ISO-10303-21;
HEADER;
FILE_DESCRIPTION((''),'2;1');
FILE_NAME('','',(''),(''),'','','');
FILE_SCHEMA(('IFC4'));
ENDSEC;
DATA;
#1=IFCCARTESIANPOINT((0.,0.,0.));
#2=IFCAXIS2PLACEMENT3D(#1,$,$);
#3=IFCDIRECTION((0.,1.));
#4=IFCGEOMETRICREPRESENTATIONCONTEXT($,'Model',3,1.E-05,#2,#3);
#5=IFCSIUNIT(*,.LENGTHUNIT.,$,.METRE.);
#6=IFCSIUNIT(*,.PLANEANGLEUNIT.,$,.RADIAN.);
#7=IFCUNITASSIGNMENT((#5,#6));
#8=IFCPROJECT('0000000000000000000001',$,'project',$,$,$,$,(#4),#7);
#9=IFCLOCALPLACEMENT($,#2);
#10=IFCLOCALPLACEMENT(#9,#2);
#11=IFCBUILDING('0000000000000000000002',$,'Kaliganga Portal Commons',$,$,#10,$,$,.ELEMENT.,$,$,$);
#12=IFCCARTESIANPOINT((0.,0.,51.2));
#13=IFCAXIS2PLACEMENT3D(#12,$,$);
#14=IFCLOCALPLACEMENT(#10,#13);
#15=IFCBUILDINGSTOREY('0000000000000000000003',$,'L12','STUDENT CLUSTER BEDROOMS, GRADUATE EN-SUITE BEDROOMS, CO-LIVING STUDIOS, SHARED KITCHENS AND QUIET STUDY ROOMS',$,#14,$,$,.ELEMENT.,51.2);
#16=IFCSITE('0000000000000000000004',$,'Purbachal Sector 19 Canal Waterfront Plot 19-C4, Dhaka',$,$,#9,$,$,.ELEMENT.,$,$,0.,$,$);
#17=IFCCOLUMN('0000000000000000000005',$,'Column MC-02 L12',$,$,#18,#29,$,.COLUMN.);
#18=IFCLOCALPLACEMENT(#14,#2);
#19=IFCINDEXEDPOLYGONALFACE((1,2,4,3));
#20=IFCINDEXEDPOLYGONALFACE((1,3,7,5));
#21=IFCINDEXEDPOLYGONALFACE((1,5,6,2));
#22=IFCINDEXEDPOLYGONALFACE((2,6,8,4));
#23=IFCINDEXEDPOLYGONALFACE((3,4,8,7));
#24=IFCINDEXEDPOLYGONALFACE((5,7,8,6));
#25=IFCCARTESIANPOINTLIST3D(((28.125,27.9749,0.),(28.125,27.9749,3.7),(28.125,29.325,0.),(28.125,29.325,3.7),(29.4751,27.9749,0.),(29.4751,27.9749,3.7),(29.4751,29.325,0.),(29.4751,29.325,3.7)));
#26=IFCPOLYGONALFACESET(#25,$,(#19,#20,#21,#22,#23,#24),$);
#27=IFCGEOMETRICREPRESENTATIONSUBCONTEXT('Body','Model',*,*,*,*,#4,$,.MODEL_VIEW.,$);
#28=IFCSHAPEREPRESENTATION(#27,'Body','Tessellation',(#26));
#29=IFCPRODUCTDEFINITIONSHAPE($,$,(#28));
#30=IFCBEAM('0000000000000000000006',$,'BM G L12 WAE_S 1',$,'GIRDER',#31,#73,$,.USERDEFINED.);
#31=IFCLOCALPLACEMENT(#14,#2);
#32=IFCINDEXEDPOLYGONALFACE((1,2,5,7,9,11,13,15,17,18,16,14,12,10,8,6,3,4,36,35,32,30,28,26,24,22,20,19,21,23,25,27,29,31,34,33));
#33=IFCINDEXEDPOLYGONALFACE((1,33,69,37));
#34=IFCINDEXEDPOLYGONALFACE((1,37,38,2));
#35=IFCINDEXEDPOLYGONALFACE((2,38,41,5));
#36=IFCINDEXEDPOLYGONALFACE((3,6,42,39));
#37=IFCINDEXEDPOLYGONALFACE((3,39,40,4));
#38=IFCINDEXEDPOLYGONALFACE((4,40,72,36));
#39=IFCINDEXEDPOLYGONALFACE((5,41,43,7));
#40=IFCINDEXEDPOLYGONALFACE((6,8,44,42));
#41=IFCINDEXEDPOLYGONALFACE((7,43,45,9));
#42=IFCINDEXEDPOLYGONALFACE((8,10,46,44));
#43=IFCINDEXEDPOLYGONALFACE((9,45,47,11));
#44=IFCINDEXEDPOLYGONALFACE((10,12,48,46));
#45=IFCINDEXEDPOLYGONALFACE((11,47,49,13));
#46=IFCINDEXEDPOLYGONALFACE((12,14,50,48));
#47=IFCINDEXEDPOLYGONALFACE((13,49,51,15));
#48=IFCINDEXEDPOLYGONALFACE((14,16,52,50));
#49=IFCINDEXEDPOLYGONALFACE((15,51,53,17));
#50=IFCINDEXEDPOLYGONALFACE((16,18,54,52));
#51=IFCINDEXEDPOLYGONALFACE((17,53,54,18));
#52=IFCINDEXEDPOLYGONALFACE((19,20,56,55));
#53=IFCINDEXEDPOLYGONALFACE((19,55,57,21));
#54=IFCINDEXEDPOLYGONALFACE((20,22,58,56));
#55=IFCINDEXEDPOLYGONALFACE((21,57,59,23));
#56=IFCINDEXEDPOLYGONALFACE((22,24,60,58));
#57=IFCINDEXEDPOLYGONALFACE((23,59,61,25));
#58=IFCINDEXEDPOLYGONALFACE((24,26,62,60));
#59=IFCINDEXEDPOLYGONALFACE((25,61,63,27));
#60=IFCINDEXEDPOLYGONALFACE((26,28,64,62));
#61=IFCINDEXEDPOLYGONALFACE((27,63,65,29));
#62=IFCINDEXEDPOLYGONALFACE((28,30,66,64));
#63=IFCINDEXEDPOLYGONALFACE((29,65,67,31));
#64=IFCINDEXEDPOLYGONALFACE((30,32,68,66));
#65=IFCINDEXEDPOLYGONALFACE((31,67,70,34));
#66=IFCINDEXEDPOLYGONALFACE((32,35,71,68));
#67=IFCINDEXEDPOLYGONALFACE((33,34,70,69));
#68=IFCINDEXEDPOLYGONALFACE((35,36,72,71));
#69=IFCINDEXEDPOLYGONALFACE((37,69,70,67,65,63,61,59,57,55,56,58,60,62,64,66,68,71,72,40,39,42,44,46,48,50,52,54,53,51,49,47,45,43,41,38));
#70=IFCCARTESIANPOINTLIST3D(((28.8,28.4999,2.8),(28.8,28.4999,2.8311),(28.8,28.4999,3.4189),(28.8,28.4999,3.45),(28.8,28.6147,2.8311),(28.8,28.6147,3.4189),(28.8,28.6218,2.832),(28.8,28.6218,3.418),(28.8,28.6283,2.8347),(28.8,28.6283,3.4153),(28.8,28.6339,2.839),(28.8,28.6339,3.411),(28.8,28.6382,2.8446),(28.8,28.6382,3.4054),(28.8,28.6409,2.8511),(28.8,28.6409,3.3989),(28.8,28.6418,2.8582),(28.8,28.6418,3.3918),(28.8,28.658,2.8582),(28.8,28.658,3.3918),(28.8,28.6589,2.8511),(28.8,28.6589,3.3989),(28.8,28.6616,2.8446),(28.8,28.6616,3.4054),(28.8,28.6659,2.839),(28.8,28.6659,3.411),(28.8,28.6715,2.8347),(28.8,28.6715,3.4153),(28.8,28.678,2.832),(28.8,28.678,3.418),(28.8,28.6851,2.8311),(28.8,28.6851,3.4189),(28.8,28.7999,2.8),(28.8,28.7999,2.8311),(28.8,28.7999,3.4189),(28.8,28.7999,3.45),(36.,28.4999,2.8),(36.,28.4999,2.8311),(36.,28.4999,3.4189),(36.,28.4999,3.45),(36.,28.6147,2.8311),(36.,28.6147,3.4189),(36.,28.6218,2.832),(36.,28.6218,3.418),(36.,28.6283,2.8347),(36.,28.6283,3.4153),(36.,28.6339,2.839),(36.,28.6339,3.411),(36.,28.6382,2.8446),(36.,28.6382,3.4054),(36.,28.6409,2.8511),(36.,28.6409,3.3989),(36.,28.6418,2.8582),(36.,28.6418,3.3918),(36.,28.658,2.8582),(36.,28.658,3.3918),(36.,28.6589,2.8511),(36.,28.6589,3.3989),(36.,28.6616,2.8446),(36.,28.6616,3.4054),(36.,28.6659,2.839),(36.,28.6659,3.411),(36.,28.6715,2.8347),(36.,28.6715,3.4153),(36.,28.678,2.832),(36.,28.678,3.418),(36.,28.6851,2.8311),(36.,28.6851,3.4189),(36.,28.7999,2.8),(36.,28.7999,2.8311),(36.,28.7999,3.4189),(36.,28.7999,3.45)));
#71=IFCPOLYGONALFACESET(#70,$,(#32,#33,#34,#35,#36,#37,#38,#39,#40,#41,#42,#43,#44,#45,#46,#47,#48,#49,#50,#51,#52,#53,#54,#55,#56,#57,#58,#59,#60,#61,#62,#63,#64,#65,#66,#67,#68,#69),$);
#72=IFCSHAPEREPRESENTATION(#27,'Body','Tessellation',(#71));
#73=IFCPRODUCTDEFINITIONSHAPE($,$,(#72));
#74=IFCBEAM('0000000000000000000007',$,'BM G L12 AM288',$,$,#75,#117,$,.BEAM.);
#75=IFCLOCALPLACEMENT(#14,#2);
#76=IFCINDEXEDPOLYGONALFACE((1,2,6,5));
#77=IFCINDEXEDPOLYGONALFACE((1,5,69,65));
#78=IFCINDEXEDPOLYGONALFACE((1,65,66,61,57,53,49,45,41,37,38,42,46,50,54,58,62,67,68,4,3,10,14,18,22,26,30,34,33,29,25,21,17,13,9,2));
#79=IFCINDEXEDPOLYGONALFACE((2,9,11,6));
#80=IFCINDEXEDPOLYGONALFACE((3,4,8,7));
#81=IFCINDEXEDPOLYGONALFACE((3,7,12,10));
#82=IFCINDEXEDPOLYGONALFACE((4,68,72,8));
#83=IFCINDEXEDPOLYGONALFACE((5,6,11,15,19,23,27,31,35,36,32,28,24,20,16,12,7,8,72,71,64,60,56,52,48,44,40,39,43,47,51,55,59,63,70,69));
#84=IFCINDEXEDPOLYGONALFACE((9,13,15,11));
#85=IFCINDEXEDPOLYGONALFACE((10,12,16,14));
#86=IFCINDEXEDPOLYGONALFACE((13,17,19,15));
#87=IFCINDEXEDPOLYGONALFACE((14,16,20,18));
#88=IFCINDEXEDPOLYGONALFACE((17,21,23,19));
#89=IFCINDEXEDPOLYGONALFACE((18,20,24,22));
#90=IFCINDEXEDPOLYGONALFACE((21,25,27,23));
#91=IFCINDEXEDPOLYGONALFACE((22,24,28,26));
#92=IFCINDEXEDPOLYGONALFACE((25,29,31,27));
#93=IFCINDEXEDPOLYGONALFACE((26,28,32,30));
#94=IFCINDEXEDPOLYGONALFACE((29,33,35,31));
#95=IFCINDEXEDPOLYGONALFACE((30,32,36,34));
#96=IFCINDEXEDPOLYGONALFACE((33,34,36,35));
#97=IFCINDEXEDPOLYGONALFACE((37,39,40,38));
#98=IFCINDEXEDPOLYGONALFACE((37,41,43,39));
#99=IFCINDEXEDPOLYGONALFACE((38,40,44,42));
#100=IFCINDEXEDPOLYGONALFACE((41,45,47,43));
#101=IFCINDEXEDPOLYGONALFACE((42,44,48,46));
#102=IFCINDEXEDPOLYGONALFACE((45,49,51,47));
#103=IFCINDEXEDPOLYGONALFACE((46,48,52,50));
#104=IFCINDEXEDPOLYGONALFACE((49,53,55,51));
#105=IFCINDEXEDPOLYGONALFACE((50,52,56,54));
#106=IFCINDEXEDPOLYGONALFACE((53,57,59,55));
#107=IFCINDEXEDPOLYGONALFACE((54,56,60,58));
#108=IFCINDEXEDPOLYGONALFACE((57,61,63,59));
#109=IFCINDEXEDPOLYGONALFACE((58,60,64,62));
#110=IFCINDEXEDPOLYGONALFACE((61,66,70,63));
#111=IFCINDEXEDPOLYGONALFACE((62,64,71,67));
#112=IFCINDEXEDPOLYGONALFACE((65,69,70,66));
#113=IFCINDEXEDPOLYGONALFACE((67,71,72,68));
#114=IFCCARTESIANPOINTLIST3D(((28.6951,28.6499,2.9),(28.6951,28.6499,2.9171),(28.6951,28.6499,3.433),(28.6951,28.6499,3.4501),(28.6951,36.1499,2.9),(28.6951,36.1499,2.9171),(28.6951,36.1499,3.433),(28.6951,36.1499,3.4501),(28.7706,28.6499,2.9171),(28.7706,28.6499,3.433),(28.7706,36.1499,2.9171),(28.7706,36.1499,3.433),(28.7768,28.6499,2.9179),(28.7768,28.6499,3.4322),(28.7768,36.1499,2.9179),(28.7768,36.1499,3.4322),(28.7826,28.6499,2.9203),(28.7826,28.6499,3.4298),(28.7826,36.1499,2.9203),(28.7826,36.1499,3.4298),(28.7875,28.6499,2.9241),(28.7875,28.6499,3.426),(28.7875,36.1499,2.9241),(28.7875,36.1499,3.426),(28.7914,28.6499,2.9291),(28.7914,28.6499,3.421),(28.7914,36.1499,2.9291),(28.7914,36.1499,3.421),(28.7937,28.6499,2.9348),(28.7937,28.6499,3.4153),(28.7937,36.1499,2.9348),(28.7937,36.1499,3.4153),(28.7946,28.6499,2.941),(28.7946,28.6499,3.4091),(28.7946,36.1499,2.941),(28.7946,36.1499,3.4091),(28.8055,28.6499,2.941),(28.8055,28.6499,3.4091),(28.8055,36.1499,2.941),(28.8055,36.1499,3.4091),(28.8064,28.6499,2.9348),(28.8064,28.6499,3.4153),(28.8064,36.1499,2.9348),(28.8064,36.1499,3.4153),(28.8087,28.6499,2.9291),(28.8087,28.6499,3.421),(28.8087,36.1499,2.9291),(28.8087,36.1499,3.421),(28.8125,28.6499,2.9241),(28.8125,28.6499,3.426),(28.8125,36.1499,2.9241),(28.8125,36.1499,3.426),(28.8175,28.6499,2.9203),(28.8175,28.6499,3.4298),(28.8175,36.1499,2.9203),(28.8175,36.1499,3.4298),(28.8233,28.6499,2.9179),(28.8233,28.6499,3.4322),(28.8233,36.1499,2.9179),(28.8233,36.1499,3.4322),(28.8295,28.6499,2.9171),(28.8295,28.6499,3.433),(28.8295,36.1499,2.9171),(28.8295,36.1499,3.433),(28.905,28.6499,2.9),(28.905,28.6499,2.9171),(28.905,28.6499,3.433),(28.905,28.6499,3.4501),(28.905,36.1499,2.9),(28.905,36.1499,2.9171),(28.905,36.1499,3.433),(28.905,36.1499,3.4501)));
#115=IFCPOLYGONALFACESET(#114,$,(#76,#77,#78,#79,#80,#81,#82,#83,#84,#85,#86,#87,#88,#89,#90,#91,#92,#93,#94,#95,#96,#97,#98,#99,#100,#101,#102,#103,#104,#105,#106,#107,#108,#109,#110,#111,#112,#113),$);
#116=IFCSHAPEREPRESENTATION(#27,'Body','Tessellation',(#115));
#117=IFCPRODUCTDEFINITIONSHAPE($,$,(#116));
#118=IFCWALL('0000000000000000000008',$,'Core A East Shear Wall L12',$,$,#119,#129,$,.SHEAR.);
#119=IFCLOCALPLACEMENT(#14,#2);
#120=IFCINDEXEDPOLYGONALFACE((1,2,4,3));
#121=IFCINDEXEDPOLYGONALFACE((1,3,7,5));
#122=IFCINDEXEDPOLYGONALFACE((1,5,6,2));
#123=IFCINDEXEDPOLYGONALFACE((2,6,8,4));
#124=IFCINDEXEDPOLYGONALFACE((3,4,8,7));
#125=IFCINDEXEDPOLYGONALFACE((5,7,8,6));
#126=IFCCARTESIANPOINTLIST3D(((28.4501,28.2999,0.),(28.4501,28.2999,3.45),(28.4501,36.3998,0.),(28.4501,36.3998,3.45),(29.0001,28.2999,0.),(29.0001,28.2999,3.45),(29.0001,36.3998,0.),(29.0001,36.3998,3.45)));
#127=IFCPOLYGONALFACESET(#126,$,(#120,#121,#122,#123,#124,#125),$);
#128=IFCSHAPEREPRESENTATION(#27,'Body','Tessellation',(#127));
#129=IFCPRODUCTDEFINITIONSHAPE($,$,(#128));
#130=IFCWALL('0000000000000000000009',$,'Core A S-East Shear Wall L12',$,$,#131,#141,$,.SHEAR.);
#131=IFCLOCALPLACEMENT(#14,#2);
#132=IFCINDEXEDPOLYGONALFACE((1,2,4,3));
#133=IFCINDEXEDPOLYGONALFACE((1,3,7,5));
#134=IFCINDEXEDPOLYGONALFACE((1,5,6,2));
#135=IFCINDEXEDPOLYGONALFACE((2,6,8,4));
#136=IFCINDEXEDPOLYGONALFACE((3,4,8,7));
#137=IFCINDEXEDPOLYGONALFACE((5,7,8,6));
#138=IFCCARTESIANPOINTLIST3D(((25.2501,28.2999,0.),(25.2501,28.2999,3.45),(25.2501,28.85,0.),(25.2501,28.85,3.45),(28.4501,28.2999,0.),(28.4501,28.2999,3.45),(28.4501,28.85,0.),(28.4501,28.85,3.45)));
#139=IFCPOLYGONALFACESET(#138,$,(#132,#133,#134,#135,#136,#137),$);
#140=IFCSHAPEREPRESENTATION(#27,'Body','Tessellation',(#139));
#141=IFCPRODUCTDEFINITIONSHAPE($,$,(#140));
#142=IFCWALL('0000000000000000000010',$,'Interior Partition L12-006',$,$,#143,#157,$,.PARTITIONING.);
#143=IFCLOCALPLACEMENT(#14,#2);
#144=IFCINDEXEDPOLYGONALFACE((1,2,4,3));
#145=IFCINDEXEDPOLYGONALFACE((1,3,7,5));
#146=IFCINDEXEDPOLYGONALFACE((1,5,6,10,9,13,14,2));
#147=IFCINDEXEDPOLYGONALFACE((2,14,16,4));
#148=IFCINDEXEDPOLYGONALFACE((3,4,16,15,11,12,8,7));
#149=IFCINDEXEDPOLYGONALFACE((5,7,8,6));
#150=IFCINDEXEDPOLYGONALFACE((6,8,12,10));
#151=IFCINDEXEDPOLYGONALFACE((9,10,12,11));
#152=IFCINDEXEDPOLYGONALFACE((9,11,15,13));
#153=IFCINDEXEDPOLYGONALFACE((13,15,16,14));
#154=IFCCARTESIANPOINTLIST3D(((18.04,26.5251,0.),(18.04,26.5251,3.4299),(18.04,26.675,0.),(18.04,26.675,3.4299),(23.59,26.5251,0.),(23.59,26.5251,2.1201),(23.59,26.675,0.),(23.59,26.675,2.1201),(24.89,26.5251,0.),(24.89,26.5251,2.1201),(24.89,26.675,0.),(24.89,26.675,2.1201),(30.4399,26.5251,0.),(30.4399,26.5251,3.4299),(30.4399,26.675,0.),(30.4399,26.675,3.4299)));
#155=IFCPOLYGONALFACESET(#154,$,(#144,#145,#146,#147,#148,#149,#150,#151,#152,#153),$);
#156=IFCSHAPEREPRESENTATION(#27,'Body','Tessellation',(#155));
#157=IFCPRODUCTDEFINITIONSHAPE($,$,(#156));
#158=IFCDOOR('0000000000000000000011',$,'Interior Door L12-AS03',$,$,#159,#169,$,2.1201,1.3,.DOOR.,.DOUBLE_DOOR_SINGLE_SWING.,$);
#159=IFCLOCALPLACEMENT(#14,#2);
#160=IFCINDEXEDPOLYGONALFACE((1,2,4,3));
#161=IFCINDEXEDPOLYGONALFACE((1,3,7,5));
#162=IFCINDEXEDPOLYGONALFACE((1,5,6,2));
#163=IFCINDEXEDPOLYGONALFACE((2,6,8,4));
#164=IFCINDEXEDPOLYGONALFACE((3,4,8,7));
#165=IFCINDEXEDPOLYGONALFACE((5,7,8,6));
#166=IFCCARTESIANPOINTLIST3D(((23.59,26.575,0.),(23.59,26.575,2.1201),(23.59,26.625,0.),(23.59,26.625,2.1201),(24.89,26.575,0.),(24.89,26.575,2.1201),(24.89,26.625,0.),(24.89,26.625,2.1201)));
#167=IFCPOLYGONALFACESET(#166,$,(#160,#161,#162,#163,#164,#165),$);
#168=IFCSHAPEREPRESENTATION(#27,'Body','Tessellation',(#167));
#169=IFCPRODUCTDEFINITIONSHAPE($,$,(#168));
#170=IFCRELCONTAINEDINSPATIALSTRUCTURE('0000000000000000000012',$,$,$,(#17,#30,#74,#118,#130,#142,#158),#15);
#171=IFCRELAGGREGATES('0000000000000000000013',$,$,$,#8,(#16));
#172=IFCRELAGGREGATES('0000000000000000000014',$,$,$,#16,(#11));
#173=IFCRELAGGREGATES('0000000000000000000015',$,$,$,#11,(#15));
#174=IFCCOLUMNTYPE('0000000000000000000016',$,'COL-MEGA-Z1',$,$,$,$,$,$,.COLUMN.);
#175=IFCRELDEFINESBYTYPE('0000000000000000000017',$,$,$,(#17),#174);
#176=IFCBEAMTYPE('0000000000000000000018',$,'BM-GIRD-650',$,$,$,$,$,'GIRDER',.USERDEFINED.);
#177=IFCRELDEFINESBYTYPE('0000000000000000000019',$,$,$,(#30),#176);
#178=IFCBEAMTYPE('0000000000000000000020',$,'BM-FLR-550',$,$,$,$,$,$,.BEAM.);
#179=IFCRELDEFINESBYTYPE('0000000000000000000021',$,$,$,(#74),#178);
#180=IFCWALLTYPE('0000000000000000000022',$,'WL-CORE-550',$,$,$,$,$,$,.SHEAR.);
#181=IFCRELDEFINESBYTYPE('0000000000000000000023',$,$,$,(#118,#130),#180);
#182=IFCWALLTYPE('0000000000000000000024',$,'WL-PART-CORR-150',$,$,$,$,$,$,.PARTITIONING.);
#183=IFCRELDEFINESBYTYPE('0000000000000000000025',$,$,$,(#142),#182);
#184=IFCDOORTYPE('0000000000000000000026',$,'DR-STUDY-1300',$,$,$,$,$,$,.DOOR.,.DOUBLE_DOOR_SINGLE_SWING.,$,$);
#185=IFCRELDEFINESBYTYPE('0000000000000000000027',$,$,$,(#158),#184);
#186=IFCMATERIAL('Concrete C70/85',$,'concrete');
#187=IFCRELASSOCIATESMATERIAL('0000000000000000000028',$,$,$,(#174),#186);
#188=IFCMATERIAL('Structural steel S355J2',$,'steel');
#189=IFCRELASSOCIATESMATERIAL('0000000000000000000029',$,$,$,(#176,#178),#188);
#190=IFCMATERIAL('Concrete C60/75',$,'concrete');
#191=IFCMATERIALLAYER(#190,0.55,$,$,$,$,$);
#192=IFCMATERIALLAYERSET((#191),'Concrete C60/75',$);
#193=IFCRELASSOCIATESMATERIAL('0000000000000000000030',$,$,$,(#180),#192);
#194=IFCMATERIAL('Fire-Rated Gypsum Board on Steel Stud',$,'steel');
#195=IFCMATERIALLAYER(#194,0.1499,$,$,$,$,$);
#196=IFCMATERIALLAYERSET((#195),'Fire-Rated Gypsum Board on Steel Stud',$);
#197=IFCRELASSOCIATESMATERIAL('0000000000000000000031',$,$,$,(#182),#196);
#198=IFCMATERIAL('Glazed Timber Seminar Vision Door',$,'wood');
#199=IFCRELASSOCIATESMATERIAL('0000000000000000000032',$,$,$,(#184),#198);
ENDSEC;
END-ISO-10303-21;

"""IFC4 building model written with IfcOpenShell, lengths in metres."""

from ifc_helpers import new_model, si_unit, direction, frame, frame_2d, origin, origin_2d, place, context, subcontext, project, spatial, rectangle, i_section, extrude, source, transform, mapped, material, layer, layer_set, material_profile, profile_set, type_object, element, fill, save


model = new_model("IFC4")

# Units and contexts
model_context = context("Model", 3, precision=1e-05, world=origin(), true_north=direction((0.0, 1.0)))
body_context = subcontext(model_context, "Body", "Model", "MODEL_VIEW")
ifc_project = project(units=[si_unit("LENGTHUNIT", "METRE"), si_unit("PLANEANGLEUNIT", "RADIAN")], contexts=[model_context])

# Site, building, storey
site_placement = place(None, origin())
site = spatial("IfcSite", under=ifc_project, at=site_placement, Name="Purbachal Sector 19 Canal Waterfront Plot 19-C4, Dhaka", CompositionType="ELEMENT", RefElevation=0.0)
building_placement = place(site_placement, origin())
building = spatial("IfcBuilding", under=site, at=building_placement, Name="Kaliganga Portal Commons", CompositionType="ELEMENT")
storey_placement = place(building_placement, frame((0.0, 0.0, 51.2)))
storey = spatial("IfcBuildingStorey", under=building, at=storey_placement, Name="L12", Description="STUDENT CLUSTER BEDROOMS, GRADUATE EN-SUITE BEDROOMS, CO-LIVING STUDIOS, SHARED KITCHENS AND QUIET STUDY ROOMS", CompositionType="ELEMENT", Elevation=51.2)

# Column
ifc_material_1 = material(Name="Concrete C70/85", Category="concrete")
ifc_material_profile_1 = material_profile(ifc_material_1, rectangle(XDim=1.3501, YDim=1.3501, at=origin_2d()), Name="RC 1350x1350")
ifc_profile_set_1 = profile_set([ifc_material_profile_1], Name="Concrete C70/85")
column_type = type_object("IfcColumnType", Name="COL-MEGA-Z1", PredefinedType="COLUMN", material=ifc_profile_set_1)
shared_shape_1 = source(origin(), body_context, "Body", "SweptSolid", [
    extrude(rectangle(XDim=1.3501, YDim=1.3501, at=origin_2d()), origin(), (0.0, 0.0, 1.0), 3.7),
])
column_placement = place(storey_placement, frame((28.8, 28.6499, 0.0), z_axis=(0.0, 0.0, 1.0), x_axis=(1.0, 0.0, 0.0)))
element("IfcColumn", 1, at=column_placement, inside=storey, type_object=column_type, Name="Column MC-02 L12", PredefinedType="COLUMN", context=body_context, shape_type="MappedRepresentation", body=[
    mapped(shared_shape_1, transform((0.0, 0.0, 0.0), x_axis=(1.0, 0.0, 0.0), y_axis=(0.0, 1.0, 0.0), z_axis=(0.0, 0.0, 1.0), scale=1.0)),
])

# Beams
ifc_material_2 = material(Name="Structural steel S355J2", Category="steel")
ifc_material_profile_2 = material_profile(ifc_material_2, i_section(OverallWidth=0.3, OverallDepth=0.6499, WebThickness=0.0161, FlangeThickness=0.031, FilletRadius=0.0271, at=origin_2d()), Name="HE 650 B")
ifc_profile_set_2 = profile_set([ifc_material_profile_2], Name="Structural steel S355J2 wide-flange")
beam_type_1 = type_object("IfcBeamType", Name="BM-GIRD-650", ElementType="GIRDER", PredefinedType="USERDEFINED", material=ifc_profile_set_2)
shared_shape_2 = source(origin(), body_context, "Body", "SweptSolid", [
    extrude(i_section(OverallWidth=0.3, OverallDepth=0.6499, WebThickness=0.0161, FlangeThickness=0.031, FilletRadius=0.0271, at=origin_2d()), origin(), (0.0, 0.0, 1.0), 7.2),
])
beam_1_placement = place(storey_placement, frame((28.8, 28.6499, 3.125), z_axis=(1.0, 0.0, 0.0), x_axis=(0.0, 1.0, 0.0)))
element("IfcBeam", 2, at=beam_1_placement, inside=storey, type_object=beam_type_1, Name="BM G L12 WAE_S 1", ObjectType="GIRDER", PredefinedType="USERDEFINED", context=body_context, shape_type="MappedRepresentation", body=[
    mapped(shared_shape_2, transform((0.0, 0.0, 0.0), x_axis=(1.0, 0.0, 0.0), y_axis=(0.0, 1.0, 0.0), z_axis=(0.0, 0.0, 1.0), scale=1.0)),
])
ifc_material_profile_3 = material_profile(ifc_material_2, i_section(OverallWidth=0.21, OverallDepth=0.55, WebThickness=0.011, FlangeThickness=0.0171, FilletRadius=0.0239, at=origin_2d()), Name="IPE 550")
ifc_profile_set_3 = profile_set([ifc_material_profile_3], Name="Structural steel S355J2 wide-flange")
beam_type_2 = type_object("IfcBeamType", Name="BM-FLR-550", PredefinedType="BEAM", material=ifc_profile_set_3)
shared_shape_3 = source(origin(), body_context, "Body", "SweptSolid", [
    extrude(i_section(OverallWidth=0.21, OverallDepth=0.55, WebThickness=0.011, FlangeThickness=0.0171, FilletRadius=0.0239, at=origin_2d()), origin(), (0.0, 0.0, 1.0), 7.5),
])
beam_2_placement = place(storey_placement, frame((28.8, 28.6499, 3.175), z_axis=(0.0, 1.0, 0.0), x_axis=(-1.0, 0.0, 0.0)))
element("IfcBeam", 3, at=beam_2_placement, inside=storey, type_object=beam_type_2, Name="BM G L12 AM288", PredefinedType="BEAM", context=body_context, shape_type="MappedRepresentation", body=[
    mapped(shared_shape_3, transform((0.0, 0.0, 0.0), x_axis=(1.0, 0.0, 0.0), y_axis=(0.0, 1.0, 0.0), z_axis=(0.0, 0.0, 1.0), scale=1.0)),
])

# Walls
ifc_material_3 = material(Name="Concrete C60/75", Category="concrete")
ifc_layer_1 = layer(ifc_material_3, 0.55)
ifc_layer_set_1 = layer_set([ifc_layer_1], Name="Concrete C60/75")
wall_type_1 = type_object("IfcWallType", Name="WL-CORE-550", PredefinedType="SHEAR", material=ifc_layer_set_1)
wall_1_placement = place(storey_placement, frame((28.7251, 28.3, 0.0), z_axis=(0.0, 0.0, 1.0), x_axis=(0.0, 1.0, 0.0)))
element("IfcWall", 4, at=wall_1_placement, inside=storey, type_object=wall_type_1, Name="Core A East Shear Wall L12", PredefinedType="SHEAR", context=body_context, shape_type="SweptSolid", body=[
    extrude(rectangle(XDim=8.0999, YDim=0.55, at=frame_2d((4.0498, 0.0))), origin(), (0.0, 0.0, 1.0), 3.45),
])
wall_2_placement = place(storey_placement, frame((25.25, 28.575, 0.0), z_axis=(0.0, 0.0, 1.0), x_axis=(1.0, 0.0, 0.0)))
element("IfcWall", 5, at=wall_2_placement, inside=storey, type_object=wall_type_1, Name="Core A S-East Shear Wall L12", PredefinedType="SHEAR", context=body_context, shape_type="SweptSolid", body=[
    extrude(rectangle(XDim=3.2, YDim=0.55, at=frame_2d((1.6001, 0.0))), origin(), (0.0, 0.0, 1.0), 3.45),
])

# Wall, opening, door
ifc_material_4 = material(Name="Fire-Rated Gypsum Board on Steel Stud", Category="steel")
ifc_layer_2 = layer(ifc_material_4, 0.1499)
ifc_layer_set_2 = layer_set([ifc_layer_2], Name="Fire-Rated Gypsum Board on Steel Stud")
wall_type_2 = type_object("IfcWallType", Name="WL-PART-CORR-150", PredefinedType="PARTITIONING", material=ifc_layer_set_2)
wall_3_placement = place(storey_placement, frame((18.04, 26.6001, 0.0), z_axis=(0.0, 0.0, 1.0), x_axis=(1.0, 0.0, 0.0)))
wall_3 = element("IfcWall", 6, at=wall_3_placement, inside=storey, type_object=wall_type_2, Name="Interior Partition L12-006", PredefinedType="PARTITIONING", context=body_context, shape_type="SweptSolid", body=[
    extrude(rectangle(XDim=12.3999, YDim=0.1499, at=frame_2d((6.2, 0.0))), origin(), (0.0, 0.0, 1.0), 3.4299),
])
opening_1_placement = place(wall_3_placement, frame((5.55, 0.0, 0.0)))
opening_1 = element("IfcOpeningElement", 7, at=opening_1_placement, cuts=wall_3, PredefinedType="OPENING", context=body_context, shape_type="SweptSolid", body=[
    extrude(rectangle(XDim=1.3, YDim=2.1201, at=frame_2d((0.6499, 1.0601))), frame((0.0, 0.085, 0.0), z_axis=(0.0, -1.0, 0.0), x_axis=(1.0, 0.0, 0.0)), (0.0, 0.0, 1.0), 0.1699),
])
ifc_material_5 = material(Name="Glazed Timber Seminar Vision Door", Category="wood")
door_type_1 = type_object("IfcDoorType", Name="DR-STUDY-1300", OperationType="DOUBLE_DOOR_SINGLE_SWING", PredefinedType="DOOR", material=ifc_material_5)
door_1_placement = place(opening_1_placement, origin())
door_1 = element("IfcDoor", 8, at=door_1_placement, inside=storey, type_object=door_type_1, Name="Interior Door L12-AS03", OperationType="DOUBLE_DOOR_SINGLE_SWING", OverallHeight=2.1201, OverallWidth=1.3, PredefinedType="DOOR", context=body_context, shape_type="SweptSolid", body=[
    extrude(rectangle(XDim=1.3, YDim=2.1201, at=frame_2d((0.6499, 1.0601))), frame((0.0, 0.0249, 0.0), z_axis=(0.0, -1.0, 0.0), x_axis=(1.0, 0.0, 0.0)), (0.0, 0.0, 1.0), 0.05),
])
fill(opening_1, door_1)

save(model, "model.ifc")
